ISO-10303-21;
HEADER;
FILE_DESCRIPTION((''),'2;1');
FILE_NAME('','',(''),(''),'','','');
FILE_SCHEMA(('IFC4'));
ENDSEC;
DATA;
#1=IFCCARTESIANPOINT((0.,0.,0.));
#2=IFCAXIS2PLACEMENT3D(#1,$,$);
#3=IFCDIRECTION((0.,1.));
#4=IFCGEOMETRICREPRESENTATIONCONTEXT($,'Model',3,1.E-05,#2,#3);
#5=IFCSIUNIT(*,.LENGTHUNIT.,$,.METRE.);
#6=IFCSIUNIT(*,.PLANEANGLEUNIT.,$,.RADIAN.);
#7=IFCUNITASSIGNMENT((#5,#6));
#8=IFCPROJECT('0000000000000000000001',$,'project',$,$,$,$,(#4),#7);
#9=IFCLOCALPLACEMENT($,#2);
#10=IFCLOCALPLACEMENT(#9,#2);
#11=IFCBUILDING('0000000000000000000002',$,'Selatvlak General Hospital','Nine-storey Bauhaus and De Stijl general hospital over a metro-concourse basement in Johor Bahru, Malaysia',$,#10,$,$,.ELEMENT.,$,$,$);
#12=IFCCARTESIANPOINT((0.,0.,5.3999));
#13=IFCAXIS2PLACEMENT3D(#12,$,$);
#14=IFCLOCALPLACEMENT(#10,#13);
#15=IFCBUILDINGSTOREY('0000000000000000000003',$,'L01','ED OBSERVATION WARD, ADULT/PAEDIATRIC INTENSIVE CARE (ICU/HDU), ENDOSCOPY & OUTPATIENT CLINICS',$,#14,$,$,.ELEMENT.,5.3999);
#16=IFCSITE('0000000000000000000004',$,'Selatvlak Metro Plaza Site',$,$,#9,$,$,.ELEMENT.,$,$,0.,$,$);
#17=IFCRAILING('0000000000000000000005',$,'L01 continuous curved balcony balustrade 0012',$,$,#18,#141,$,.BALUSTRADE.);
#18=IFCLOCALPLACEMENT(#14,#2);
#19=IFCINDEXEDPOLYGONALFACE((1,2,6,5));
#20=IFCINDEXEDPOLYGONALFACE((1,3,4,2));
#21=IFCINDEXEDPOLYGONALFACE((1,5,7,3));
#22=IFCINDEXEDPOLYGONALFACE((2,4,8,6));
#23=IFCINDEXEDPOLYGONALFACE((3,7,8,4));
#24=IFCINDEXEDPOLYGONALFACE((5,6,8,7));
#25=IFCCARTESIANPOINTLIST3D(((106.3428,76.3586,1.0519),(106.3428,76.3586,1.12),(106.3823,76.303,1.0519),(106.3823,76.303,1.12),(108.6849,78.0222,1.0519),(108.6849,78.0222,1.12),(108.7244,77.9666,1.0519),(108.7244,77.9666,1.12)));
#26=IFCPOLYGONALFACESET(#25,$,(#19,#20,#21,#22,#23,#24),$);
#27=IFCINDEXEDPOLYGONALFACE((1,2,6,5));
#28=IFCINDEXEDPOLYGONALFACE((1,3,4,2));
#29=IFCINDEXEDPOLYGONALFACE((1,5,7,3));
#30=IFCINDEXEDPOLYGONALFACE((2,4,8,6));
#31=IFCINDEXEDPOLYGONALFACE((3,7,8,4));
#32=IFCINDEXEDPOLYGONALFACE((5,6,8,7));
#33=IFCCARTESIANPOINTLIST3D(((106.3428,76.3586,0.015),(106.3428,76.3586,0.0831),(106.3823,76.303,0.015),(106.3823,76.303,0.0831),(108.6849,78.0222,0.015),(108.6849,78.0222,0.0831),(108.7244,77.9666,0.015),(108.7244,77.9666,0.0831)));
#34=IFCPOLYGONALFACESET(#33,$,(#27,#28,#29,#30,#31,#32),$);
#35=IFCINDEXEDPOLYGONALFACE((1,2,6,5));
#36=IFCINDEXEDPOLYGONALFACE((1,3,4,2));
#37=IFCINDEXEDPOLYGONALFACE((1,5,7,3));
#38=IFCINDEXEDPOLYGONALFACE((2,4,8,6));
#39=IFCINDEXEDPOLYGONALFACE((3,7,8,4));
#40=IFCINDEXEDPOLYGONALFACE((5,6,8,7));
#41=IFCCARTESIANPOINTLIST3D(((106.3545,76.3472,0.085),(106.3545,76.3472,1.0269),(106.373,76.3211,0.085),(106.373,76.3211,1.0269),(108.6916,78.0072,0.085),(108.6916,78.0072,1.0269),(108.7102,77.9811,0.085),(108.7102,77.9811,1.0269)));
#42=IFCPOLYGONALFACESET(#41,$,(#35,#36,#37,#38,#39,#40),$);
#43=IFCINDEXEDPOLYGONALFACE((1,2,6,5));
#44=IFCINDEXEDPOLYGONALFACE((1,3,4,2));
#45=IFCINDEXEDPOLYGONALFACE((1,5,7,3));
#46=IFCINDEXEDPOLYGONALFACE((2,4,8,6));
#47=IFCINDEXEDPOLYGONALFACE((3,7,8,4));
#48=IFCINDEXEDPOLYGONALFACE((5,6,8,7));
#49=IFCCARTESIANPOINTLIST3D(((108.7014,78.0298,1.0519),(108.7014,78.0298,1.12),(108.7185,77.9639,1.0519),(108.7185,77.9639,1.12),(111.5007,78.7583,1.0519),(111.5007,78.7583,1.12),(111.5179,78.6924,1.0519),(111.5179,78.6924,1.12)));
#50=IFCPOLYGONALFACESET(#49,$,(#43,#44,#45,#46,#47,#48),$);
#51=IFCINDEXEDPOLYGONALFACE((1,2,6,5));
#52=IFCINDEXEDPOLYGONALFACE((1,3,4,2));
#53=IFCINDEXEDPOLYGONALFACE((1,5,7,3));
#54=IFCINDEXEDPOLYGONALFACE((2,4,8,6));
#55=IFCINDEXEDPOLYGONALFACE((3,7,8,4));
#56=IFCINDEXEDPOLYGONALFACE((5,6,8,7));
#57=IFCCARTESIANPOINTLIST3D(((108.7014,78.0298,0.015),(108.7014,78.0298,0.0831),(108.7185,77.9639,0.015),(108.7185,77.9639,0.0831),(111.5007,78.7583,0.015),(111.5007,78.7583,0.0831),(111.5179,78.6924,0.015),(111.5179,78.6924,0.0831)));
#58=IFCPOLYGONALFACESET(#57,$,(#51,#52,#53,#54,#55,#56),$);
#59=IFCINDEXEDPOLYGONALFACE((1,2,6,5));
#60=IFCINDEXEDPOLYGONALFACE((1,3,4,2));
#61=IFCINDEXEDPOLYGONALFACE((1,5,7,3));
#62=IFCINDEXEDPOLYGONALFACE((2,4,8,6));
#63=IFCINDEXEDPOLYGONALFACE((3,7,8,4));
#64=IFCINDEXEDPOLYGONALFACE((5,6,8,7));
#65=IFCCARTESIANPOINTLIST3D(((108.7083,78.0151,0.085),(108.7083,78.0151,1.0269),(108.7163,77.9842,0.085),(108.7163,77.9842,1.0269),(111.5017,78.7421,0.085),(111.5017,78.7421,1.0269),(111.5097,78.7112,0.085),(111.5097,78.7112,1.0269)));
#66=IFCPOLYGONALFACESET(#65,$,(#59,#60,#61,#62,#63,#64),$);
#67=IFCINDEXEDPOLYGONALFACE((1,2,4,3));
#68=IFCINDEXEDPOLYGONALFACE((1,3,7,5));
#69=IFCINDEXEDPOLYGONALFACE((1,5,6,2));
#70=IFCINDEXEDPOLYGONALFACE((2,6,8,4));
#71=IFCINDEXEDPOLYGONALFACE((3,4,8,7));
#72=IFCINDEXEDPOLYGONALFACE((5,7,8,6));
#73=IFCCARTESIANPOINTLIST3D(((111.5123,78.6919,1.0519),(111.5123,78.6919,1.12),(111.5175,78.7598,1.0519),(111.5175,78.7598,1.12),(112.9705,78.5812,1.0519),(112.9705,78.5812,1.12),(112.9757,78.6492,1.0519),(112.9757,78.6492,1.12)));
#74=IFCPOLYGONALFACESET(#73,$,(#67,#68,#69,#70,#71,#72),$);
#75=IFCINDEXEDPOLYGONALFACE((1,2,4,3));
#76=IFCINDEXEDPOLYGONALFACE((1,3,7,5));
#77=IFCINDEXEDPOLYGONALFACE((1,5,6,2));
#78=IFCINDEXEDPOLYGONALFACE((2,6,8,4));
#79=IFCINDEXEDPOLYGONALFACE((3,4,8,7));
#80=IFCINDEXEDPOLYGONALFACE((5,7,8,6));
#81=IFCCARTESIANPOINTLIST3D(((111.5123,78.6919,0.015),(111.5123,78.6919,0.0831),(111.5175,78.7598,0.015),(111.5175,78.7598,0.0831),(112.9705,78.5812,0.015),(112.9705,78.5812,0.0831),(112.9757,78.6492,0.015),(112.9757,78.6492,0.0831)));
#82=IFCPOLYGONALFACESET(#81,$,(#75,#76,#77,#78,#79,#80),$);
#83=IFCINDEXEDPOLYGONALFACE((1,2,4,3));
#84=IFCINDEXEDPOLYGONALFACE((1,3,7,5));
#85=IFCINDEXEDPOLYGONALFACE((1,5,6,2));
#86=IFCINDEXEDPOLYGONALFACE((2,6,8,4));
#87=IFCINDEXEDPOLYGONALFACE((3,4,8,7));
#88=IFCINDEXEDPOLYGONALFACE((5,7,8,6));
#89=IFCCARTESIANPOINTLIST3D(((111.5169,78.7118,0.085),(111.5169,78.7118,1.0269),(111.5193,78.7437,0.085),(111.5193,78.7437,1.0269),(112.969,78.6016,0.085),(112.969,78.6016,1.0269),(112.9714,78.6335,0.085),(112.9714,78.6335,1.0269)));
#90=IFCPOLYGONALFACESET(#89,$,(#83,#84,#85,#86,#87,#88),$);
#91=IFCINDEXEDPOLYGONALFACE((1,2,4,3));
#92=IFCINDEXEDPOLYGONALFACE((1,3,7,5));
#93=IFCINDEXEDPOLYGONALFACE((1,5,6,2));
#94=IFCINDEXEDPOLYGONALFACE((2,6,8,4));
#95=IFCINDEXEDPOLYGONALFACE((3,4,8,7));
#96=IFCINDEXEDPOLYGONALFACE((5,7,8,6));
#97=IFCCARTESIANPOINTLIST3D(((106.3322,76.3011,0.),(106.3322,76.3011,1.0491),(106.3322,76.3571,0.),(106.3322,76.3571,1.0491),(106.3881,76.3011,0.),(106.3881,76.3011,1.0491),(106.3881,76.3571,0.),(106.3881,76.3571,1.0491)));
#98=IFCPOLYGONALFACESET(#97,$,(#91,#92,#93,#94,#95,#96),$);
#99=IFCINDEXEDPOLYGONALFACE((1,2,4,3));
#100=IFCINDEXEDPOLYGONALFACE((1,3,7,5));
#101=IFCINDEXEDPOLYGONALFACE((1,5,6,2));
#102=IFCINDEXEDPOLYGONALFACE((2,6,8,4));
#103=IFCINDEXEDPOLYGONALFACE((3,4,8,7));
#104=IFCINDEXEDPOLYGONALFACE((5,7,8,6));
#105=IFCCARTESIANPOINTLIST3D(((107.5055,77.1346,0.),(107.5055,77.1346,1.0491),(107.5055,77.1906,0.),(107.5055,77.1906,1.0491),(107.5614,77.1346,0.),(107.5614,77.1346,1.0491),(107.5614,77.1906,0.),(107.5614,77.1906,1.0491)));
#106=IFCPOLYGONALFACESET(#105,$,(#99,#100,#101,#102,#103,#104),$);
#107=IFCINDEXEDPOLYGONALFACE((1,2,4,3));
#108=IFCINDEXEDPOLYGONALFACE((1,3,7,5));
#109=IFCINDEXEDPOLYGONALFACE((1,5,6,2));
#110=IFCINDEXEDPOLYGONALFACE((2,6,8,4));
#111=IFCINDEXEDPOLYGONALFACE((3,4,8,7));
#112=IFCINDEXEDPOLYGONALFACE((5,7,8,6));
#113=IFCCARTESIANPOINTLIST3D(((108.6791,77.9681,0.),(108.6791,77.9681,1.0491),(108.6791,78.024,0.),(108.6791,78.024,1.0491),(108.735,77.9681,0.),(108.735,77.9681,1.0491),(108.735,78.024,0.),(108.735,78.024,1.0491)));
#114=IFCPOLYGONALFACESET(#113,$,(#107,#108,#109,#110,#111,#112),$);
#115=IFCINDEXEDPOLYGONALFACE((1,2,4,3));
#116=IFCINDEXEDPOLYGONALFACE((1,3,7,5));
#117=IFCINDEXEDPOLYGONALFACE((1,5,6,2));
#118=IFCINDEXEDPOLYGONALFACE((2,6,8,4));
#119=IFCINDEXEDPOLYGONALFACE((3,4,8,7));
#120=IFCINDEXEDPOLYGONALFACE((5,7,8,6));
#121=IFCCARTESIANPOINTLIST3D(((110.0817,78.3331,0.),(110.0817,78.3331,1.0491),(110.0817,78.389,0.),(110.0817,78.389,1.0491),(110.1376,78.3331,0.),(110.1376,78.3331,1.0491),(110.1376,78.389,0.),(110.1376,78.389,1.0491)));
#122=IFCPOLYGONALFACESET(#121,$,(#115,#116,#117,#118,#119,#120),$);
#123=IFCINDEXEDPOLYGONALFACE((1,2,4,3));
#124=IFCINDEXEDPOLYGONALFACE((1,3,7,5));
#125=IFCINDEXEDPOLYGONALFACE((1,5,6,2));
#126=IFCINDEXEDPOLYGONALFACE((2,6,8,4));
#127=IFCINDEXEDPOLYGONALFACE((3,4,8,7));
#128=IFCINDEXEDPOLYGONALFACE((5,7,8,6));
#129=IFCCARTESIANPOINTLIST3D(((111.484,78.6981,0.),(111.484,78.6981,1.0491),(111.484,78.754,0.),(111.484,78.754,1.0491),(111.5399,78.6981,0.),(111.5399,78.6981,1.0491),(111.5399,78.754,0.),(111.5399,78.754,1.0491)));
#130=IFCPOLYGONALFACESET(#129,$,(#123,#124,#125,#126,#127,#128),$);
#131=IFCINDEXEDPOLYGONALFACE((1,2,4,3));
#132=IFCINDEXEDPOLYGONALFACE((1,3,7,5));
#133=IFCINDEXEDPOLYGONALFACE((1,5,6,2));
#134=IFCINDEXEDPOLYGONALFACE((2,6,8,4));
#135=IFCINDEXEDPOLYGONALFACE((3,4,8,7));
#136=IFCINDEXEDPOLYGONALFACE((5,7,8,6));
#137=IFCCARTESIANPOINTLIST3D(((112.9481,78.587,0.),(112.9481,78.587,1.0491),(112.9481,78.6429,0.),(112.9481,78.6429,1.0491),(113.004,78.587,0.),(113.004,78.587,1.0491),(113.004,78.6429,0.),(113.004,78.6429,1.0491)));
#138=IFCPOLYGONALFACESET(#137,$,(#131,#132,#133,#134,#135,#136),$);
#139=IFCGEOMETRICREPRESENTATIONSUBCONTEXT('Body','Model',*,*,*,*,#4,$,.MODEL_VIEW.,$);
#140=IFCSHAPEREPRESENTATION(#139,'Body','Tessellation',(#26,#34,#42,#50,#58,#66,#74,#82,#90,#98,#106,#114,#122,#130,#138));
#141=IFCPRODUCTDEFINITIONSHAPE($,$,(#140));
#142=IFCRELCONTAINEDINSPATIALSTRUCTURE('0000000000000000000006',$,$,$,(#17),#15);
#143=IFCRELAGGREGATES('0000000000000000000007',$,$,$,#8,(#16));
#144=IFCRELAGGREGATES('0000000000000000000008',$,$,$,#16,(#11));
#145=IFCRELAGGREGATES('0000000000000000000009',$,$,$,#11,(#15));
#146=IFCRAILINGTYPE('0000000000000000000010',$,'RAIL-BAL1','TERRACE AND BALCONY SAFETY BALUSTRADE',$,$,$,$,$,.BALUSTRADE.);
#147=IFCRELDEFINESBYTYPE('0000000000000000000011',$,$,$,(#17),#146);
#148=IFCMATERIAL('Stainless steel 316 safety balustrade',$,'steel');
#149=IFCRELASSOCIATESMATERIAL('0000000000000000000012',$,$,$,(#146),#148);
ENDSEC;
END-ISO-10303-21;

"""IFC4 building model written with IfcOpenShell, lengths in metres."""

from ifc_helpers import new_model, si_unit, direction, frame, origin, origin_2d, place, context, subcontext, project, spatial, polyline, rectangle, outline, extrude, material, type_object, element, save


model = new_model("IFC4")

# Units and contexts
model_context = context("Model", 3, precision=1e-05, world=origin(), true_north=direction((0.0, 1.0)))
body_context = subcontext(model_context, "Body", "Model", "MODEL_VIEW")
ifc_project = project(units=[si_unit("LENGTHUNIT", "METRE"), si_unit("PLANEANGLEUNIT", "RADIAN")], contexts=[model_context])

# Site, building, storey
site_placement = place(None, origin())
site = spatial("IfcSite", under=ifc_project, at=site_placement, Name="Selatvlak Metro Plaza Site", CompositionType="ELEMENT", RefElevation=0.0)
building_placement = place(site_placement, origin())
building = spatial("IfcBuilding", under=site, at=building_placement, Name="Selatvlak General Hospital", Description="Nine-storey Bauhaus and De Stijl general hospital over a metro-concourse basement in Johor Bahru, Malaysia", CompositionType="ELEMENT")
storey_placement = place(building_placement, frame((0.0, 0.0, 5.3999)))
storey = spatial("IfcBuildingStorey", under=building, at=storey_placement, Name="L01", Description="ED OBSERVATION WARD, ADULT/PAEDIATRIC INTENSIVE CARE (ICU/HDU), ENDOSCOPY & OUTPATIENT CLINICS", CompositionType="ELEMENT", Elevation=5.3999)

# Railing
ifc_material_1 = material(Name="Stainless steel 316 safety balustrade", Category="steel")
railing_type = type_object("IfcRailingType", Name="RAIL-BAL1", Description="TERRACE AND BALCONY SAFETY BALUSTRADE", PredefinedType="BALUSTRADE", material=ifc_material_1)
railing_placement = place(storey_placement, frame((106.3601, 76.3291, 0.0)))
element("IfcRailing", 1, at=railing_placement, inside=storey, type_object=railing_type, Name="L01 continuous curved balcony balustrade 0012", PredefinedType="BALUSTRADE", context=body_context, shape_type="SweptSolid", body=[
    extrude(rectangle(XDim=0.0681, YDim=0.0681, at=origin_2d()), frame((0.0024, 0.0017, 1.0859), z_axis=(0.815272, 0.579078, 0.0), x_axis=(-0.579078, 0.815272, 0.0)), (0.0, 0.0, 1.0), 2.8728),
    extrude(rectangle(XDim=0.0681, YDim=0.0681, at=origin_2d()), frame((0.0024, 0.0017, 0.0491), z_axis=(0.815272, 0.579078, 0.0), x_axis=(-0.579078, 0.815272, 0.0)), (0.0, 0.0, 1.0), 2.8728),
    extrude(outline(polyline([(0.0, 0.0), (2.8667, 0.0), (2.8667, 0.9419), (0.0, 0.9419), (0.0, 0.0)])), frame((-0.0056, 0.0181, 0.085), z_axis=(0.579078, -0.815272, 0.0), x_axis=(0.815272, 0.579078, 0.0)), (0.0, 0.0, 1.0), 0.032),
    extrude(rectangle(XDim=0.0681, YDim=0.0681, at=origin_2d()), frame((2.3499, 1.6677, 1.0859), z_axis=(0.967764, 0.251859, 0.0), x_axis=(-0.251859, 0.967764, 0.0)), (0.0, 0.0, 1.0), 2.8926),
    extrude(rectangle(XDim=0.0681, YDim=0.0681, at=origin_2d()), frame((2.3499, 1.6677, 0.0491), z_axis=(0.967764, 0.251859, 0.0), x_axis=(-0.251859, 0.967764, 0.0)), (0.0, 0.0, 1.0), 2.8926),
    extrude(outline(polyline([(0.0, 0.0), (2.8865, 0.0), (2.8865, 0.9419), (0.0, 0.9419), (0.0, 0.0)])), frame((2.3481, 1.686, 0.085), z_axis=(0.251859, -0.967764, 0.0), x_axis=(0.967764, 0.251859, 0.0)), (0.0, 0.0, 1.0), 0.032),
    extrude(rectangle(XDim=0.0681, YDim=0.0681, at=origin_2d()), frame((5.1548, 2.3967, 1.0859), z_axis=(0.997134, -0.075654, 0.0), x_axis=(0.075654, 0.997134, 0.0)), (0.0, 0.0, 1.0), 1.4624),
    extrude(rectangle(XDim=0.0681, YDim=0.0681, at=origin_2d()), frame((5.1548, 2.3967, 0.0491), z_axis=(0.997134, -0.075654, 0.0), x_axis=(0.075654, 0.997134, 0.0)), (0.0, 0.0, 1.0), 1.4624),
    extrude(outline(polyline([(0.0, 0.0), (1.4563, 0.0), (1.4563, 0.9419), (0.0, 0.9419), (0.0, 0.0)])), frame((5.1592, 2.4146, 0.085), z_axis=(-0.075654, -0.997134, 0.0), x_axis=(0.997134, -0.075654, 0.0)), (0.0, 0.0, 1.0), 0.032),
    extrude(rectangle(XDim=0.0559, YDim=0.0559, at=origin_2d()), origin(), (0.0, 0.0, 1.0), 1.0491),
    extrude(rectangle(XDim=0.0559, YDim=0.0559, at=origin_2d()), frame((1.1733, 0.8335, 0.0)), (0.0, 0.0, 1.0), 1.0491),
    extrude(rectangle(XDim=0.0559, YDim=0.0559, at=origin_2d()), frame((2.3469, 1.667, 0.0)), (0.0, 0.0, 1.0), 1.0491),
    extrude(rectangle(XDim=0.0559, YDim=0.0559, at=origin_2d()), frame((3.7495, 2.032, 0.0)), (0.0, 0.0, 1.0), 1.0491),
    extrude(rectangle(XDim=0.0559, YDim=0.0559, at=origin_2d()), frame((5.1519, 2.397, 0.0)), (0.0, 0.0, 1.0), 1.0491),
    extrude(rectangle(XDim=0.0559, YDim=0.0559, at=origin_2d()), frame((6.616, 2.2859, 0.0)), (0.0, 0.0, 1.0), 1.0491),
])

save(model, "model.ifc")
